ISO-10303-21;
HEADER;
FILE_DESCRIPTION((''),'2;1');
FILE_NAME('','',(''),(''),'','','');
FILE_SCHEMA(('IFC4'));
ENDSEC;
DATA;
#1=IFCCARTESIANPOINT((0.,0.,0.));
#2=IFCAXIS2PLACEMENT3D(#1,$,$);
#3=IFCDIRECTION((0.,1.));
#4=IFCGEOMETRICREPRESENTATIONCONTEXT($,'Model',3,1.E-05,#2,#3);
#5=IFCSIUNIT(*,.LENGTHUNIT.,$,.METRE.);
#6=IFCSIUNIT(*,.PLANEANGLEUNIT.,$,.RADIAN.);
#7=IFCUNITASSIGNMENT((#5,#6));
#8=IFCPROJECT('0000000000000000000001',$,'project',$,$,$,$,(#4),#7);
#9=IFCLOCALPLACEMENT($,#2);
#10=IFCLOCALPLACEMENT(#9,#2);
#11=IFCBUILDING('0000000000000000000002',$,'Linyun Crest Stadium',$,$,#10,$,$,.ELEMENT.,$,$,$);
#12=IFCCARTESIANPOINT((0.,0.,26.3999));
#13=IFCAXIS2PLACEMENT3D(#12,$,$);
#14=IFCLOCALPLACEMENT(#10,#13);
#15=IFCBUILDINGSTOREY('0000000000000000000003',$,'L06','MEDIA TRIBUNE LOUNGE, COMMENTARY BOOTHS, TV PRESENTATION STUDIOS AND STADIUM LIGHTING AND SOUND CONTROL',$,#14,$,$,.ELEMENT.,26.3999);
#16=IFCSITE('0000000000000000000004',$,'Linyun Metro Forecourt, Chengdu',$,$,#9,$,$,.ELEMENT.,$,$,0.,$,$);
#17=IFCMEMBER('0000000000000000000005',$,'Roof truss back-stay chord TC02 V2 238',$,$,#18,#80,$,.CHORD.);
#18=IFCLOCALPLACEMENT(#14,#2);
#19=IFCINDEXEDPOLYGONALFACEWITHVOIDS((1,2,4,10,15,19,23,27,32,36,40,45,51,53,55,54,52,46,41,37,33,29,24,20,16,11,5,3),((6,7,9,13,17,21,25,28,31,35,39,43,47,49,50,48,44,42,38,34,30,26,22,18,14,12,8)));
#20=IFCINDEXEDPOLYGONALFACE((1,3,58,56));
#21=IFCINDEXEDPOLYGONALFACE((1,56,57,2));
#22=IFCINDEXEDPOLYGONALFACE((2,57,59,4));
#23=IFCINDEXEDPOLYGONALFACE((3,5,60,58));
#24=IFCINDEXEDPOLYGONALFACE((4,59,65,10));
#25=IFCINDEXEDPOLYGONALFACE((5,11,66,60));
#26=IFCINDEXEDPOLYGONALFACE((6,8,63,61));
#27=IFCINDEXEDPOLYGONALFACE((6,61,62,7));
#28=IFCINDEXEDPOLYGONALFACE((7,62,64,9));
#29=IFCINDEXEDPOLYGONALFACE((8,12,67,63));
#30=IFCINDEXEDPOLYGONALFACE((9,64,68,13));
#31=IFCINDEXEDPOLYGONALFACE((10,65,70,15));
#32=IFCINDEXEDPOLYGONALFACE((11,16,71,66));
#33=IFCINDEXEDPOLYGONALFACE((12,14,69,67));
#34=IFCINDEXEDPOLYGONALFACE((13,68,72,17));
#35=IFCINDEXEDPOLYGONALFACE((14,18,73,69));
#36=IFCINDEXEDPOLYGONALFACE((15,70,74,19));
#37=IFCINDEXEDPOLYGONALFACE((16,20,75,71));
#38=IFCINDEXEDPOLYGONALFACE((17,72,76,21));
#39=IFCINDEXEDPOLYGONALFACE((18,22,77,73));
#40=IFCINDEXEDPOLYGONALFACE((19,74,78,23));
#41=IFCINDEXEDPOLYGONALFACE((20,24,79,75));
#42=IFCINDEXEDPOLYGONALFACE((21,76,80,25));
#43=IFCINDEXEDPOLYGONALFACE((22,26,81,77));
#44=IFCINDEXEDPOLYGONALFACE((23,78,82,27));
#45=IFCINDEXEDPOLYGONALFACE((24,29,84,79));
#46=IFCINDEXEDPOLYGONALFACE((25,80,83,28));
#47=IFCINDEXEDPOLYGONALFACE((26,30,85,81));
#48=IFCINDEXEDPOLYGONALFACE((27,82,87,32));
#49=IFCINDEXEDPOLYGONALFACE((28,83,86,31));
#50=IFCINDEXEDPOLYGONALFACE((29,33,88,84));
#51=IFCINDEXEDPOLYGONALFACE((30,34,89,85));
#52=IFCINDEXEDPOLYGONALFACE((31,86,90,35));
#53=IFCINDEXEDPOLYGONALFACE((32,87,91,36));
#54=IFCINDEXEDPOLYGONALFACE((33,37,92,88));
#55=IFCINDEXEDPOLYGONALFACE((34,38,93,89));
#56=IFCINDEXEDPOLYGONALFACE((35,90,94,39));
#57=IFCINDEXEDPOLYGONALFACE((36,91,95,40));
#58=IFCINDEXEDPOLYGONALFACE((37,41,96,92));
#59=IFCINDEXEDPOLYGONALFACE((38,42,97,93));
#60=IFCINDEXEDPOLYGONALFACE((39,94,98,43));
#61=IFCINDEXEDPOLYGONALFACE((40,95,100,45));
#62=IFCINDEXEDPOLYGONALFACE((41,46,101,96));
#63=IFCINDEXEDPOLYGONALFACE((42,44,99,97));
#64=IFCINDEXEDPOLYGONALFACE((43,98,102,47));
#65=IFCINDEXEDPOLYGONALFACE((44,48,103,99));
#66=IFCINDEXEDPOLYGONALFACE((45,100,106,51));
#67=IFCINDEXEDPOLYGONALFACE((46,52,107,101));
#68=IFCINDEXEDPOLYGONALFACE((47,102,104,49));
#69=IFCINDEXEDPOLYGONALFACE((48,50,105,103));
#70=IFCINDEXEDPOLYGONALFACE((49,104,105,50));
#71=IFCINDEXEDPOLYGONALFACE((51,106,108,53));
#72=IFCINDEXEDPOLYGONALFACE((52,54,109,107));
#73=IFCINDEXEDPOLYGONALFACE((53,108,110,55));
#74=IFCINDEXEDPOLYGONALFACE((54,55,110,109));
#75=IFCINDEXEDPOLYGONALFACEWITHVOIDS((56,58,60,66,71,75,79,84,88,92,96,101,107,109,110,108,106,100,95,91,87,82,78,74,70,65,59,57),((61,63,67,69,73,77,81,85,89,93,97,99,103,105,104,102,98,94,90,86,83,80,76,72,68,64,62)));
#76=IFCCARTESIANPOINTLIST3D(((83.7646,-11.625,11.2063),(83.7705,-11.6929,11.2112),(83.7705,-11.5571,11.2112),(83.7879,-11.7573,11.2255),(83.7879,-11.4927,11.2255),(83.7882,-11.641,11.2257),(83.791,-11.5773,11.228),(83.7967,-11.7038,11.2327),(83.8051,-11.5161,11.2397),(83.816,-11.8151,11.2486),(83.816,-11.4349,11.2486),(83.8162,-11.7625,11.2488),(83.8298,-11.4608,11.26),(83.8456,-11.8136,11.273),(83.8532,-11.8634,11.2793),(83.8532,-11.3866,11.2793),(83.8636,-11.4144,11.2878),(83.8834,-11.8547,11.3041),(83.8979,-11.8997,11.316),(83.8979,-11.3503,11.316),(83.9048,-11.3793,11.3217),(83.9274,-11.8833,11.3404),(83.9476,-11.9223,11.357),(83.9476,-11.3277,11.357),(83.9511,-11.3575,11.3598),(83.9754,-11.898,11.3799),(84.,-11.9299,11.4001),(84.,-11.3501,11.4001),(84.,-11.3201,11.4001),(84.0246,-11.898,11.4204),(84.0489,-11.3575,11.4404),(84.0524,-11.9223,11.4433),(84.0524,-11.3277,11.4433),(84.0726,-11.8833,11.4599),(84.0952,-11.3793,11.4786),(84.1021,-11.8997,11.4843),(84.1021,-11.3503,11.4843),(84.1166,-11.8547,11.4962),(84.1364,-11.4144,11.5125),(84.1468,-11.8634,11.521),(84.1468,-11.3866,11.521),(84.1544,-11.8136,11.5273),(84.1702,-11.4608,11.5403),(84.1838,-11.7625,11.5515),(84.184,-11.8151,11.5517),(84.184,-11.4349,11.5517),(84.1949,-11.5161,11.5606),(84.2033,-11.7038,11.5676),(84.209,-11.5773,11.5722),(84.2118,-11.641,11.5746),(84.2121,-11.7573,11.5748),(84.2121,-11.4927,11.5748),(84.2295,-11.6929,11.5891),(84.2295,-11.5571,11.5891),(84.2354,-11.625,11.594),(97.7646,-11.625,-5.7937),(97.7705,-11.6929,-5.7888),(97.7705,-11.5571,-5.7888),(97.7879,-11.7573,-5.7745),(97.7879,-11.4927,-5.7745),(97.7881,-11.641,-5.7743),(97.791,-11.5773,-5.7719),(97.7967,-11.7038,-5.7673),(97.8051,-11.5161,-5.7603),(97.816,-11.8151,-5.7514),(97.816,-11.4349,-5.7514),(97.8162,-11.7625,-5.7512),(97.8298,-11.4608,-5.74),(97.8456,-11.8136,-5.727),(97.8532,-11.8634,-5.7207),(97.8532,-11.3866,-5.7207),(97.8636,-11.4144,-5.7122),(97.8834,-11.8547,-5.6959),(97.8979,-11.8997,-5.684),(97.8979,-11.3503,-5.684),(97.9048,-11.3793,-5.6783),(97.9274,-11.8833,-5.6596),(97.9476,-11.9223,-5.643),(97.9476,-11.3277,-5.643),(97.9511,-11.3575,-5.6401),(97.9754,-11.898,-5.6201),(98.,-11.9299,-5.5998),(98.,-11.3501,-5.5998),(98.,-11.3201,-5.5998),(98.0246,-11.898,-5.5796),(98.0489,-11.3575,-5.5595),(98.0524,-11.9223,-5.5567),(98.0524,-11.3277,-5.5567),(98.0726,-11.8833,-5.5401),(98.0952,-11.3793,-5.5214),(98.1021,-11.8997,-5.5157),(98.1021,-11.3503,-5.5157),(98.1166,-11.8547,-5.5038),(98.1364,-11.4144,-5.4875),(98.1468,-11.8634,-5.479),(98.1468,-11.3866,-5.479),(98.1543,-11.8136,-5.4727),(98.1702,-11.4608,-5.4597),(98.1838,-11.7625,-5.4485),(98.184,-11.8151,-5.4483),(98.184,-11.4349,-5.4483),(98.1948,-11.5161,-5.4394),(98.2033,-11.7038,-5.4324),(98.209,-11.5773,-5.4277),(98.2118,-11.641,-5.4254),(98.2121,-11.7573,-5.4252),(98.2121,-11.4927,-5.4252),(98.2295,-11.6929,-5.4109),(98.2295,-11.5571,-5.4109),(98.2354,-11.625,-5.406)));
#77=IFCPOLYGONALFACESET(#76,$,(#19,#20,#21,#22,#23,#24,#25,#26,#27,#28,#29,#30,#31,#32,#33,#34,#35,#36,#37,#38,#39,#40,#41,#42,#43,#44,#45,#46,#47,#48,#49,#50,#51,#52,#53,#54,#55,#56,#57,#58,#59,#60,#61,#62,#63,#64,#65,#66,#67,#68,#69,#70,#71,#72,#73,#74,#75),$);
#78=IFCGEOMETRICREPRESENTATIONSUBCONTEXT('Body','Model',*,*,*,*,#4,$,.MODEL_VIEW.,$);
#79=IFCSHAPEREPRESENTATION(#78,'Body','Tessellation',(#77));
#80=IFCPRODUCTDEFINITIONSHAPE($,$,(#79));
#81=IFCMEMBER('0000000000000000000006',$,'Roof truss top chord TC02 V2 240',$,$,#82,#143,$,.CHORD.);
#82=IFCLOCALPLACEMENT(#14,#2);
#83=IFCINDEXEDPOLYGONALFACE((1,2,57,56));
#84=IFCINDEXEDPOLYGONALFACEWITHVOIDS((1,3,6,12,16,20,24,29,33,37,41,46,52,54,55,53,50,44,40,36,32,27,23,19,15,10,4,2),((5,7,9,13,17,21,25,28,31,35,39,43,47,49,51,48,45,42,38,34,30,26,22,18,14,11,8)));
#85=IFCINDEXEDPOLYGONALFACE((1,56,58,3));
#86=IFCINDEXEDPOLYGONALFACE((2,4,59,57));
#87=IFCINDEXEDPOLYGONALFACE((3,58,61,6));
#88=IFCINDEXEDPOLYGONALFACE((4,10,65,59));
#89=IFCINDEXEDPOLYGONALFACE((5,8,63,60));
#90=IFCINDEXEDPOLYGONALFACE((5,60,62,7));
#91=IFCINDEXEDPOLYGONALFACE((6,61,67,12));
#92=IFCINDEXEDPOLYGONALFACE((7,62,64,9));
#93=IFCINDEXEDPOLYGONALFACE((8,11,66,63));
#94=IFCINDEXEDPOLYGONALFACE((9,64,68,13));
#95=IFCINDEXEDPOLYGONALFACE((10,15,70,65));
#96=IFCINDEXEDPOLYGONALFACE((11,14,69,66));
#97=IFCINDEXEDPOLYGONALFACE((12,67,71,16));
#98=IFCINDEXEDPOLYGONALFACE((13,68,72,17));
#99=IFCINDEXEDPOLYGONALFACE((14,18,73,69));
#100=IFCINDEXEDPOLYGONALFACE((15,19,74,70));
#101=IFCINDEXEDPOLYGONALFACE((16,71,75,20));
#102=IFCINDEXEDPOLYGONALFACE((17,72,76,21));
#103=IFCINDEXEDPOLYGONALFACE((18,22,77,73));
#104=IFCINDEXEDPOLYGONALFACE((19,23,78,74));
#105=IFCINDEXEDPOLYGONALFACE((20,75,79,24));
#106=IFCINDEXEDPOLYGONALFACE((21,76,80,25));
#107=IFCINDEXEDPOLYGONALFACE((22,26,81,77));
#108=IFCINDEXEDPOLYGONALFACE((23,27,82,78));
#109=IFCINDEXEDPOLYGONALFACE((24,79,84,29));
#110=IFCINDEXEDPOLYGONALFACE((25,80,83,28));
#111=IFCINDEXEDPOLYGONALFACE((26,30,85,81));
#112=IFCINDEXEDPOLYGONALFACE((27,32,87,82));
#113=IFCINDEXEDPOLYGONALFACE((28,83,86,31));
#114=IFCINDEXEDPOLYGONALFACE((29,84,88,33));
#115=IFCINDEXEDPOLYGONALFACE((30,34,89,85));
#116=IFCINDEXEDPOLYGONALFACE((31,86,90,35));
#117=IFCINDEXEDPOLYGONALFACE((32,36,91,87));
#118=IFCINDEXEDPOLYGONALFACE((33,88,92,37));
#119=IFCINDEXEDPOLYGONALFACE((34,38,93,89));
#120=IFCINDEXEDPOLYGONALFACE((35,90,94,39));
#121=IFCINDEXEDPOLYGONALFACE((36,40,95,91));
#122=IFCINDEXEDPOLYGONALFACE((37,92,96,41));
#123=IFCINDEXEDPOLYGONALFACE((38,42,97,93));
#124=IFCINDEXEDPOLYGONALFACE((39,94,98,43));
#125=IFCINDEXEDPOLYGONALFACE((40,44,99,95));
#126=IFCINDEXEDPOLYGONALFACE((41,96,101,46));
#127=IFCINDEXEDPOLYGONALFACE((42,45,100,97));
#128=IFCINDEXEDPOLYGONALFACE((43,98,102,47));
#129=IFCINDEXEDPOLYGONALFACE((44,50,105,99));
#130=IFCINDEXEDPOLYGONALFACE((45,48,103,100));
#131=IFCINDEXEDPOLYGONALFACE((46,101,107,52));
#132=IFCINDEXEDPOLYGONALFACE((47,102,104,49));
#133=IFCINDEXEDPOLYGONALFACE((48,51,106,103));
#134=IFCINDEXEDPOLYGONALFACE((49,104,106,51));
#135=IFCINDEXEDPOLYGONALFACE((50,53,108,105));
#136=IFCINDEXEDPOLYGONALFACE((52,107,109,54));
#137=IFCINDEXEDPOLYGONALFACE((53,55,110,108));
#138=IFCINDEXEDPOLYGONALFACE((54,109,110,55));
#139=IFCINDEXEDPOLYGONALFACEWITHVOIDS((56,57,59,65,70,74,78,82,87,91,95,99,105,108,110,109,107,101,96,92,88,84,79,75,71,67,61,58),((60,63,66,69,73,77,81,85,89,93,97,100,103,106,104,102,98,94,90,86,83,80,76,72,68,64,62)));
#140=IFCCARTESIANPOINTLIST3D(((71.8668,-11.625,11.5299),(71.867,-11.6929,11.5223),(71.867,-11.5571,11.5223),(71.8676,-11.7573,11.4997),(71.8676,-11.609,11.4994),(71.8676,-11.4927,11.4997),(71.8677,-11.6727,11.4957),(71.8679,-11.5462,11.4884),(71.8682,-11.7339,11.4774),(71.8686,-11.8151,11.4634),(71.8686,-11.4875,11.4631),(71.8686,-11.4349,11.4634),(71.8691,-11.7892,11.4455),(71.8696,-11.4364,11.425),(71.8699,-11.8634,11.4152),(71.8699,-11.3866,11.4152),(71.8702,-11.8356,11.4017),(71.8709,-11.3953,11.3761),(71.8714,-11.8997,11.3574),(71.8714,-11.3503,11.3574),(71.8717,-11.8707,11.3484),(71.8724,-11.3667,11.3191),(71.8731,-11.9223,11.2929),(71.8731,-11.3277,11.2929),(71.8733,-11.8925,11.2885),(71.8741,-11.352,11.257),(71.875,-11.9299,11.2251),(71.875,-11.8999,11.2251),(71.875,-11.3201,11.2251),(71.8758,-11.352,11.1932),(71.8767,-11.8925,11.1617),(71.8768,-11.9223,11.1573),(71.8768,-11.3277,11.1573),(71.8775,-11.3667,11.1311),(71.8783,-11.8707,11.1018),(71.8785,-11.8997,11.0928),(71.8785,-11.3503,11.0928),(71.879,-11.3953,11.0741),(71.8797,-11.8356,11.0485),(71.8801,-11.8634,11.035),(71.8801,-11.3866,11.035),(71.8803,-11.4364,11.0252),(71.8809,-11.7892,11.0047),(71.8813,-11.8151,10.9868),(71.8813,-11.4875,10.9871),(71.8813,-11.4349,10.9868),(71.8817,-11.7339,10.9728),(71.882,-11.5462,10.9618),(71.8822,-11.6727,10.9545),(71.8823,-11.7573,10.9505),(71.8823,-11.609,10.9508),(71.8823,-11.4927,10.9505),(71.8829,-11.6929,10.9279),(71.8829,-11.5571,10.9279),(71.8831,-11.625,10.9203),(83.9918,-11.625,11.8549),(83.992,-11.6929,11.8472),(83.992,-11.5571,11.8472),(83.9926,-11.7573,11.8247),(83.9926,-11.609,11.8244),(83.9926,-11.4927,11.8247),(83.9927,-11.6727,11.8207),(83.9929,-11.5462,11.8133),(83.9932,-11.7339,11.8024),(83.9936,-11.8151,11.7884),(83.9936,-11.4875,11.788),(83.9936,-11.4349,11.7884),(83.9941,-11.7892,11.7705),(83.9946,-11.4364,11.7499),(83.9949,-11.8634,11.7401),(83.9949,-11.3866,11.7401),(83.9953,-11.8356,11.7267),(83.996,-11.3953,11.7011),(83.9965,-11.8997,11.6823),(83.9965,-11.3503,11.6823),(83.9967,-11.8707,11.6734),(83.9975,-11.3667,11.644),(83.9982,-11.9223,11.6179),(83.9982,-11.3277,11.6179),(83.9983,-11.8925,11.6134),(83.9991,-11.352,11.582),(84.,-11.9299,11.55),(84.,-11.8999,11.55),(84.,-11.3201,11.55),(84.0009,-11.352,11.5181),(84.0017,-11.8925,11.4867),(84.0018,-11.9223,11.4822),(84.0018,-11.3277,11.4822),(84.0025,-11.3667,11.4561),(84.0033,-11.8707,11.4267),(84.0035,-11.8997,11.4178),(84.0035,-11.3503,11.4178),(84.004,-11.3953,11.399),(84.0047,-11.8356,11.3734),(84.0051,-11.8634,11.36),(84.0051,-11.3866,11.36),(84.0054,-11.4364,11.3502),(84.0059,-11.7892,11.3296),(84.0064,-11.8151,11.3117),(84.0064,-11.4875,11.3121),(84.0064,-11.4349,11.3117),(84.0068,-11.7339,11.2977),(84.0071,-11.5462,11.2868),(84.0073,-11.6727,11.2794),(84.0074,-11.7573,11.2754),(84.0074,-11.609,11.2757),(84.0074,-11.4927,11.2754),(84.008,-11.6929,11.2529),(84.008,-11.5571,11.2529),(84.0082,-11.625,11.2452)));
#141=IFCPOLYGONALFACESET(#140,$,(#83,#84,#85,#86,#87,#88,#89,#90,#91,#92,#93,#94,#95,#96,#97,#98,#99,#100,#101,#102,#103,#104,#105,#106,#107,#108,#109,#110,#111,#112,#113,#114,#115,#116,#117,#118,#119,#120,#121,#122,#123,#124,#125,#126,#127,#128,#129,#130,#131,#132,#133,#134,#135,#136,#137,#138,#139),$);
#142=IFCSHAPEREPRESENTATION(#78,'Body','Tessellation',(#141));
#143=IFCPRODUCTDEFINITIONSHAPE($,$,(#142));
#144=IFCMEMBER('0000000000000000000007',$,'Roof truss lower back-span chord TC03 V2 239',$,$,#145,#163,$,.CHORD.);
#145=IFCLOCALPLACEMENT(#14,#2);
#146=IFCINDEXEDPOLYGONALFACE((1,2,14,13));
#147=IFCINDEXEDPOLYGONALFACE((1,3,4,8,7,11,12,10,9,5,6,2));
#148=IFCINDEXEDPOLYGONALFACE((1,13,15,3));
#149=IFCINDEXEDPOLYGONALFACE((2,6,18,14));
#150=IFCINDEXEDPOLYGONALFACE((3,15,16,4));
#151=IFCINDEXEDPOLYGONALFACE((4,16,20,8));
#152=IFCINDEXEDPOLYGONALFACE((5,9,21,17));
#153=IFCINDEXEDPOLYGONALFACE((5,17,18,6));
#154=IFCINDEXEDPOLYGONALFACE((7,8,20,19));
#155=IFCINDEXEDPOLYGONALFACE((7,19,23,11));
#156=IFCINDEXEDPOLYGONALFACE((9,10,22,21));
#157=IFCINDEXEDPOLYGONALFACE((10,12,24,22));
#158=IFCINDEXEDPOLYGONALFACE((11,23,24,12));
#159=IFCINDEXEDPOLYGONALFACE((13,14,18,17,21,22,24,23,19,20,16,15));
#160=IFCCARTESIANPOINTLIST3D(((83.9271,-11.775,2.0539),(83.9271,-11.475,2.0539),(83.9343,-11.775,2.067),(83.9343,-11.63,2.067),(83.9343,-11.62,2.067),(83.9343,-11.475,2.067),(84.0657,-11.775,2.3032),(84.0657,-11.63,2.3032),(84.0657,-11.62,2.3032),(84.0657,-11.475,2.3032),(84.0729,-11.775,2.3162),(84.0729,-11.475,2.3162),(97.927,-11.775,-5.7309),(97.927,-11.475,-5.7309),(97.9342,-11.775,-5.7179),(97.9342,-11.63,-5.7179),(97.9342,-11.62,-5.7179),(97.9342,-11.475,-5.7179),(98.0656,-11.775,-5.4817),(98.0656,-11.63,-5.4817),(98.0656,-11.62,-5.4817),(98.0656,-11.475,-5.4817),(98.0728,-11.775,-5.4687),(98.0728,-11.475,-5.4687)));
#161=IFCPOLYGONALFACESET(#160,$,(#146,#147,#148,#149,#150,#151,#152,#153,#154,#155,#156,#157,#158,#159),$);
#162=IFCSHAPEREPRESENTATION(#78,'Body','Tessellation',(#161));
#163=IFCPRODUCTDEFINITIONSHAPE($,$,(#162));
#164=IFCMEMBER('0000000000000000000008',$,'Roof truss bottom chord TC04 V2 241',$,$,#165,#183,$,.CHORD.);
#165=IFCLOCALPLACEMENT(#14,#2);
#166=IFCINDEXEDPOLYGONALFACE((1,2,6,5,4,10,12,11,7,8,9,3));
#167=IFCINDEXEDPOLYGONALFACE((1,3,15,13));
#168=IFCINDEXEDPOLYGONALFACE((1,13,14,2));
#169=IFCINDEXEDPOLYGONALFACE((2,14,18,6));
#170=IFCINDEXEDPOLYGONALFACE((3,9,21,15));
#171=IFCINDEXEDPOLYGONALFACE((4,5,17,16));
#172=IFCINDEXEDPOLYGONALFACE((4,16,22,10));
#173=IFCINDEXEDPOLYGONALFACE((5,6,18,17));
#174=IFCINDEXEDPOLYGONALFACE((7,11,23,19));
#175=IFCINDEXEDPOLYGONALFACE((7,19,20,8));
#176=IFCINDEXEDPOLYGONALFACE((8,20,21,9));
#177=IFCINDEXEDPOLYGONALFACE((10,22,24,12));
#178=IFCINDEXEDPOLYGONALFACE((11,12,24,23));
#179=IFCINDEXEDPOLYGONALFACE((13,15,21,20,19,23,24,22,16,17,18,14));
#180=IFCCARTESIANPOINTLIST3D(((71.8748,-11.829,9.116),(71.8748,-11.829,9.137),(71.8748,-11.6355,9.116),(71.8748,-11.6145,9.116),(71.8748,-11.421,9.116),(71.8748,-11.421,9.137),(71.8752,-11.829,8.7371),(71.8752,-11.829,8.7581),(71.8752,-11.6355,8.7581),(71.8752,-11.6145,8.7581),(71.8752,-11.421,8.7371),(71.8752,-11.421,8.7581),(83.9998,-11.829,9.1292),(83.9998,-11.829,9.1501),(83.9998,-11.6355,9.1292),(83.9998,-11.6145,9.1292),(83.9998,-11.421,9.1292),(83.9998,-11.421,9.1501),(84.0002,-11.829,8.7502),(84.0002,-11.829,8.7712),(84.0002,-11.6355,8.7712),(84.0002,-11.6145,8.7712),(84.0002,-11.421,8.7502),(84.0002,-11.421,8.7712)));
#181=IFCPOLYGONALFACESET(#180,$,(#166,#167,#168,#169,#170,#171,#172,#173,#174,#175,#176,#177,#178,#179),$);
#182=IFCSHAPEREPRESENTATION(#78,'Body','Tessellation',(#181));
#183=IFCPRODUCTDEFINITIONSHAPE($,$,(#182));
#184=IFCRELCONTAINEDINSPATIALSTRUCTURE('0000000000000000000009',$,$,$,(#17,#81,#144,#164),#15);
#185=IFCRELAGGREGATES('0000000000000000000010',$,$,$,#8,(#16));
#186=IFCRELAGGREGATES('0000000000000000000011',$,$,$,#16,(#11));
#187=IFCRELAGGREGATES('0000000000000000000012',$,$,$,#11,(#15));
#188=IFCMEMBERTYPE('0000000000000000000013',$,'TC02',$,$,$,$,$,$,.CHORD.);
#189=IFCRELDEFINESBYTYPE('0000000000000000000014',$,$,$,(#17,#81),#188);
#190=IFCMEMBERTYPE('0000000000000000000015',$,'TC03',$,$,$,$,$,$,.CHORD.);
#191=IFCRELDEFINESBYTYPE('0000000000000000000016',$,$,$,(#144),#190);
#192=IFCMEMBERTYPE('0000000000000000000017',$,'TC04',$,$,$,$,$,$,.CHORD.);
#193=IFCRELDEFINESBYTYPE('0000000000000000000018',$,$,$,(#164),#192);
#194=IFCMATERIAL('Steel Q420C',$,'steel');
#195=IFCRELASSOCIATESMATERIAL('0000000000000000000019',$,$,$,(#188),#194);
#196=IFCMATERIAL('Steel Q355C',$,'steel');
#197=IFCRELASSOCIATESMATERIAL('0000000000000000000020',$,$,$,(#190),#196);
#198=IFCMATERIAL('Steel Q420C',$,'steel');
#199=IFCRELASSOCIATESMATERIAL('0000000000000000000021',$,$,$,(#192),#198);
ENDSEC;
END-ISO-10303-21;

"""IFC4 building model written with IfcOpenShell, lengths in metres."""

from ifc_helpers import new_model, si_unit, direction, frame, origin, origin_2d, place, context, subcontext, project, spatial, hollow_circle, i_section, extrude, material, material_profile, profile_set, type_object, element, save


model = new_model("IFC4")

# Units and contexts
model_context = context("Model", 3, precision=1e-05, world=origin(), true_north=direction((0.0, 1.0)))
body_context = subcontext(model_context, "Body", "Model", "MODEL_VIEW")
ifc_project = project(units=[si_unit("LENGTHUNIT", "METRE"), si_unit("PLANEANGLEUNIT", "RADIAN")], contexts=[model_context])

# Site, building, storey
site_placement = place(None, origin())
site = spatial("IfcSite", under=ifc_project, at=site_placement, Name="Linyun Metro Forecourt, Chengdu", CompositionType="ELEMENT", RefElevation=0.0)
building_placement = place(site_placement, origin())
building = spatial("IfcBuilding", under=site, at=building_placement, Name="Linyun Crest Stadium", CompositionType="ELEMENT")
storey_placement = place(building_placement, frame((0.0, 0.0, 26.3999)))
storey = spatial("IfcBuildingStorey", under=building, at=storey_placement, Name="L06", Description="MEDIA TRIBUNE LOUNGE, COMMENTARY BOOTHS, TV PRESENTATION STUDIOS AND STADIUM LIGHTING AND SOUND CONTROL", CompositionType="ELEMENT", Elevation=26.3999)

# Members
ifc_material_1 = material(Name="Steel Q420C", Category="steel")
ifc_material_profile_1 = material_profile(ifc_material_1, hollow_circle(Radius=0.3049, WallThickness=0.03, at=origin_2d()), Name="CHS 610x30")
ifc_profile_set_1 = profile_set([ifc_material_profile_1], Name="Steel Q420C")
member_type_1 = type_object("IfcMemberType", Name="TC02", PredefinedType="CHORD", material=ifc_profile_set_1)
member_1_placement = place(storey_placement, frame((84.0, -11.625, 11.4001), z_axis=(0.635707, 0.0, -0.77193), x_axis=(0.0, 1.0, 0.0)))
element("IfcMember", 1, at=member_1_placement, inside=storey, type_object=member_type_1, Name="Roof truss back-stay chord TC02 V2 238", PredefinedType="CHORD", context=body_context, shape_type="SweptSolid", body=[
    extrude(hollow_circle(Radius=0.3049, WallThickness=0.03, at=origin_2d()), origin(), (0.0, 0.0, 1.0), 22.0227),
])
member_2_placement = place(storey_placement, frame((84.0, -11.625, 11.55), z_axis=(-0.999641, 0.0, -0.02679), x_axis=(0.0, -1.0, 0.0)))
element("IfcMember", 2, at=member_2_placement, inside=storey, type_object=member_type_1, Name="Roof truss top chord TC02 V2 240", PredefinedType="CHORD", context=body_context, shape_type="SweptSolid", body=[
    extrude(hollow_circle(Radius=0.3049, WallThickness=0.03, at=origin_2d()), origin(), (0.0, 0.0, 1.0), 12.1294),
])
ifc_material_2 = material(Name="Steel Q355C", Category="steel")
ifc_material_profile_2 = material_profile(ifc_material_2, i_section(OverallWidth=0.3, OverallDepth=0.3, WebThickness=0.01, FlangeThickness=0.0149, at=origin_2d()), Name="HW 300x300")
ifc_profile_set_2 = profile_set([ifc_material_profile_2], Name="Steel Q355C")
member_type_2 = type_object("IfcMemberType", Name="TC03", PredefinedType="CHORD", material=ifc_profile_set_2)
member_3_placement = place(storey_placement, frame((84.0, -11.625, 2.1851), z_axis=(0.873968, 0.0, -0.485983), x_axis=(0.0, 1.0, 0.0)))
element("IfcMember", 3, at=member_3_placement, inside=storey, type_object=member_type_2, Name="Roof truss lower back-span chord TC03 V2 239", PredefinedType="CHORD", context=body_context, shape_type="SweptSolid", body=[
    extrude(i_section(OverallWidth=0.3, OverallDepth=0.3, WebThickness=0.01, FlangeThickness=0.0149, at=origin_2d()), origin(), (0.0, 0.0, 1.0), 16.0188),
])
ifc_material_3 = material(Name="Steel Q420C", Category="steel")
ifc_material_profile_3 = material_profile(ifc_material_3, i_section(OverallWidth=0.408, OverallDepth=0.3999, WebThickness=0.021, FlangeThickness=0.021, at=origin_2d()), Name="HW 400x408")
ifc_profile_set_3 = profile_set([ifc_material_profile_3], Name="Steel Q420C")
member_type_3 = type_object("IfcMemberType", Name="TC04", PredefinedType="CHORD", material=ifc_profile_set_3)
member_4_placement = place(storey_placement, frame((84.0, -11.625, 8.9502), z_axis=(-0.999999, 0.0, -0.001087), x_axis=(0.0, -1.0, 0.0)))
element("IfcMember", 4, at=member_4_placement, inside=storey, type_object=member_type_3, Name="Roof truss bottom chord TC04 V2 241", PredefinedType="CHORD", context=body_context, shape_type="SweptSolid", body=[
    extrude(i_section(OverallWidth=0.408, OverallDepth=0.3999, WebThickness=0.021, FlangeThickness=0.021, at=origin_2d()), origin(), (0.0, 0.0, 1.0), 12.125),
])

save(model, "model.ifc")
